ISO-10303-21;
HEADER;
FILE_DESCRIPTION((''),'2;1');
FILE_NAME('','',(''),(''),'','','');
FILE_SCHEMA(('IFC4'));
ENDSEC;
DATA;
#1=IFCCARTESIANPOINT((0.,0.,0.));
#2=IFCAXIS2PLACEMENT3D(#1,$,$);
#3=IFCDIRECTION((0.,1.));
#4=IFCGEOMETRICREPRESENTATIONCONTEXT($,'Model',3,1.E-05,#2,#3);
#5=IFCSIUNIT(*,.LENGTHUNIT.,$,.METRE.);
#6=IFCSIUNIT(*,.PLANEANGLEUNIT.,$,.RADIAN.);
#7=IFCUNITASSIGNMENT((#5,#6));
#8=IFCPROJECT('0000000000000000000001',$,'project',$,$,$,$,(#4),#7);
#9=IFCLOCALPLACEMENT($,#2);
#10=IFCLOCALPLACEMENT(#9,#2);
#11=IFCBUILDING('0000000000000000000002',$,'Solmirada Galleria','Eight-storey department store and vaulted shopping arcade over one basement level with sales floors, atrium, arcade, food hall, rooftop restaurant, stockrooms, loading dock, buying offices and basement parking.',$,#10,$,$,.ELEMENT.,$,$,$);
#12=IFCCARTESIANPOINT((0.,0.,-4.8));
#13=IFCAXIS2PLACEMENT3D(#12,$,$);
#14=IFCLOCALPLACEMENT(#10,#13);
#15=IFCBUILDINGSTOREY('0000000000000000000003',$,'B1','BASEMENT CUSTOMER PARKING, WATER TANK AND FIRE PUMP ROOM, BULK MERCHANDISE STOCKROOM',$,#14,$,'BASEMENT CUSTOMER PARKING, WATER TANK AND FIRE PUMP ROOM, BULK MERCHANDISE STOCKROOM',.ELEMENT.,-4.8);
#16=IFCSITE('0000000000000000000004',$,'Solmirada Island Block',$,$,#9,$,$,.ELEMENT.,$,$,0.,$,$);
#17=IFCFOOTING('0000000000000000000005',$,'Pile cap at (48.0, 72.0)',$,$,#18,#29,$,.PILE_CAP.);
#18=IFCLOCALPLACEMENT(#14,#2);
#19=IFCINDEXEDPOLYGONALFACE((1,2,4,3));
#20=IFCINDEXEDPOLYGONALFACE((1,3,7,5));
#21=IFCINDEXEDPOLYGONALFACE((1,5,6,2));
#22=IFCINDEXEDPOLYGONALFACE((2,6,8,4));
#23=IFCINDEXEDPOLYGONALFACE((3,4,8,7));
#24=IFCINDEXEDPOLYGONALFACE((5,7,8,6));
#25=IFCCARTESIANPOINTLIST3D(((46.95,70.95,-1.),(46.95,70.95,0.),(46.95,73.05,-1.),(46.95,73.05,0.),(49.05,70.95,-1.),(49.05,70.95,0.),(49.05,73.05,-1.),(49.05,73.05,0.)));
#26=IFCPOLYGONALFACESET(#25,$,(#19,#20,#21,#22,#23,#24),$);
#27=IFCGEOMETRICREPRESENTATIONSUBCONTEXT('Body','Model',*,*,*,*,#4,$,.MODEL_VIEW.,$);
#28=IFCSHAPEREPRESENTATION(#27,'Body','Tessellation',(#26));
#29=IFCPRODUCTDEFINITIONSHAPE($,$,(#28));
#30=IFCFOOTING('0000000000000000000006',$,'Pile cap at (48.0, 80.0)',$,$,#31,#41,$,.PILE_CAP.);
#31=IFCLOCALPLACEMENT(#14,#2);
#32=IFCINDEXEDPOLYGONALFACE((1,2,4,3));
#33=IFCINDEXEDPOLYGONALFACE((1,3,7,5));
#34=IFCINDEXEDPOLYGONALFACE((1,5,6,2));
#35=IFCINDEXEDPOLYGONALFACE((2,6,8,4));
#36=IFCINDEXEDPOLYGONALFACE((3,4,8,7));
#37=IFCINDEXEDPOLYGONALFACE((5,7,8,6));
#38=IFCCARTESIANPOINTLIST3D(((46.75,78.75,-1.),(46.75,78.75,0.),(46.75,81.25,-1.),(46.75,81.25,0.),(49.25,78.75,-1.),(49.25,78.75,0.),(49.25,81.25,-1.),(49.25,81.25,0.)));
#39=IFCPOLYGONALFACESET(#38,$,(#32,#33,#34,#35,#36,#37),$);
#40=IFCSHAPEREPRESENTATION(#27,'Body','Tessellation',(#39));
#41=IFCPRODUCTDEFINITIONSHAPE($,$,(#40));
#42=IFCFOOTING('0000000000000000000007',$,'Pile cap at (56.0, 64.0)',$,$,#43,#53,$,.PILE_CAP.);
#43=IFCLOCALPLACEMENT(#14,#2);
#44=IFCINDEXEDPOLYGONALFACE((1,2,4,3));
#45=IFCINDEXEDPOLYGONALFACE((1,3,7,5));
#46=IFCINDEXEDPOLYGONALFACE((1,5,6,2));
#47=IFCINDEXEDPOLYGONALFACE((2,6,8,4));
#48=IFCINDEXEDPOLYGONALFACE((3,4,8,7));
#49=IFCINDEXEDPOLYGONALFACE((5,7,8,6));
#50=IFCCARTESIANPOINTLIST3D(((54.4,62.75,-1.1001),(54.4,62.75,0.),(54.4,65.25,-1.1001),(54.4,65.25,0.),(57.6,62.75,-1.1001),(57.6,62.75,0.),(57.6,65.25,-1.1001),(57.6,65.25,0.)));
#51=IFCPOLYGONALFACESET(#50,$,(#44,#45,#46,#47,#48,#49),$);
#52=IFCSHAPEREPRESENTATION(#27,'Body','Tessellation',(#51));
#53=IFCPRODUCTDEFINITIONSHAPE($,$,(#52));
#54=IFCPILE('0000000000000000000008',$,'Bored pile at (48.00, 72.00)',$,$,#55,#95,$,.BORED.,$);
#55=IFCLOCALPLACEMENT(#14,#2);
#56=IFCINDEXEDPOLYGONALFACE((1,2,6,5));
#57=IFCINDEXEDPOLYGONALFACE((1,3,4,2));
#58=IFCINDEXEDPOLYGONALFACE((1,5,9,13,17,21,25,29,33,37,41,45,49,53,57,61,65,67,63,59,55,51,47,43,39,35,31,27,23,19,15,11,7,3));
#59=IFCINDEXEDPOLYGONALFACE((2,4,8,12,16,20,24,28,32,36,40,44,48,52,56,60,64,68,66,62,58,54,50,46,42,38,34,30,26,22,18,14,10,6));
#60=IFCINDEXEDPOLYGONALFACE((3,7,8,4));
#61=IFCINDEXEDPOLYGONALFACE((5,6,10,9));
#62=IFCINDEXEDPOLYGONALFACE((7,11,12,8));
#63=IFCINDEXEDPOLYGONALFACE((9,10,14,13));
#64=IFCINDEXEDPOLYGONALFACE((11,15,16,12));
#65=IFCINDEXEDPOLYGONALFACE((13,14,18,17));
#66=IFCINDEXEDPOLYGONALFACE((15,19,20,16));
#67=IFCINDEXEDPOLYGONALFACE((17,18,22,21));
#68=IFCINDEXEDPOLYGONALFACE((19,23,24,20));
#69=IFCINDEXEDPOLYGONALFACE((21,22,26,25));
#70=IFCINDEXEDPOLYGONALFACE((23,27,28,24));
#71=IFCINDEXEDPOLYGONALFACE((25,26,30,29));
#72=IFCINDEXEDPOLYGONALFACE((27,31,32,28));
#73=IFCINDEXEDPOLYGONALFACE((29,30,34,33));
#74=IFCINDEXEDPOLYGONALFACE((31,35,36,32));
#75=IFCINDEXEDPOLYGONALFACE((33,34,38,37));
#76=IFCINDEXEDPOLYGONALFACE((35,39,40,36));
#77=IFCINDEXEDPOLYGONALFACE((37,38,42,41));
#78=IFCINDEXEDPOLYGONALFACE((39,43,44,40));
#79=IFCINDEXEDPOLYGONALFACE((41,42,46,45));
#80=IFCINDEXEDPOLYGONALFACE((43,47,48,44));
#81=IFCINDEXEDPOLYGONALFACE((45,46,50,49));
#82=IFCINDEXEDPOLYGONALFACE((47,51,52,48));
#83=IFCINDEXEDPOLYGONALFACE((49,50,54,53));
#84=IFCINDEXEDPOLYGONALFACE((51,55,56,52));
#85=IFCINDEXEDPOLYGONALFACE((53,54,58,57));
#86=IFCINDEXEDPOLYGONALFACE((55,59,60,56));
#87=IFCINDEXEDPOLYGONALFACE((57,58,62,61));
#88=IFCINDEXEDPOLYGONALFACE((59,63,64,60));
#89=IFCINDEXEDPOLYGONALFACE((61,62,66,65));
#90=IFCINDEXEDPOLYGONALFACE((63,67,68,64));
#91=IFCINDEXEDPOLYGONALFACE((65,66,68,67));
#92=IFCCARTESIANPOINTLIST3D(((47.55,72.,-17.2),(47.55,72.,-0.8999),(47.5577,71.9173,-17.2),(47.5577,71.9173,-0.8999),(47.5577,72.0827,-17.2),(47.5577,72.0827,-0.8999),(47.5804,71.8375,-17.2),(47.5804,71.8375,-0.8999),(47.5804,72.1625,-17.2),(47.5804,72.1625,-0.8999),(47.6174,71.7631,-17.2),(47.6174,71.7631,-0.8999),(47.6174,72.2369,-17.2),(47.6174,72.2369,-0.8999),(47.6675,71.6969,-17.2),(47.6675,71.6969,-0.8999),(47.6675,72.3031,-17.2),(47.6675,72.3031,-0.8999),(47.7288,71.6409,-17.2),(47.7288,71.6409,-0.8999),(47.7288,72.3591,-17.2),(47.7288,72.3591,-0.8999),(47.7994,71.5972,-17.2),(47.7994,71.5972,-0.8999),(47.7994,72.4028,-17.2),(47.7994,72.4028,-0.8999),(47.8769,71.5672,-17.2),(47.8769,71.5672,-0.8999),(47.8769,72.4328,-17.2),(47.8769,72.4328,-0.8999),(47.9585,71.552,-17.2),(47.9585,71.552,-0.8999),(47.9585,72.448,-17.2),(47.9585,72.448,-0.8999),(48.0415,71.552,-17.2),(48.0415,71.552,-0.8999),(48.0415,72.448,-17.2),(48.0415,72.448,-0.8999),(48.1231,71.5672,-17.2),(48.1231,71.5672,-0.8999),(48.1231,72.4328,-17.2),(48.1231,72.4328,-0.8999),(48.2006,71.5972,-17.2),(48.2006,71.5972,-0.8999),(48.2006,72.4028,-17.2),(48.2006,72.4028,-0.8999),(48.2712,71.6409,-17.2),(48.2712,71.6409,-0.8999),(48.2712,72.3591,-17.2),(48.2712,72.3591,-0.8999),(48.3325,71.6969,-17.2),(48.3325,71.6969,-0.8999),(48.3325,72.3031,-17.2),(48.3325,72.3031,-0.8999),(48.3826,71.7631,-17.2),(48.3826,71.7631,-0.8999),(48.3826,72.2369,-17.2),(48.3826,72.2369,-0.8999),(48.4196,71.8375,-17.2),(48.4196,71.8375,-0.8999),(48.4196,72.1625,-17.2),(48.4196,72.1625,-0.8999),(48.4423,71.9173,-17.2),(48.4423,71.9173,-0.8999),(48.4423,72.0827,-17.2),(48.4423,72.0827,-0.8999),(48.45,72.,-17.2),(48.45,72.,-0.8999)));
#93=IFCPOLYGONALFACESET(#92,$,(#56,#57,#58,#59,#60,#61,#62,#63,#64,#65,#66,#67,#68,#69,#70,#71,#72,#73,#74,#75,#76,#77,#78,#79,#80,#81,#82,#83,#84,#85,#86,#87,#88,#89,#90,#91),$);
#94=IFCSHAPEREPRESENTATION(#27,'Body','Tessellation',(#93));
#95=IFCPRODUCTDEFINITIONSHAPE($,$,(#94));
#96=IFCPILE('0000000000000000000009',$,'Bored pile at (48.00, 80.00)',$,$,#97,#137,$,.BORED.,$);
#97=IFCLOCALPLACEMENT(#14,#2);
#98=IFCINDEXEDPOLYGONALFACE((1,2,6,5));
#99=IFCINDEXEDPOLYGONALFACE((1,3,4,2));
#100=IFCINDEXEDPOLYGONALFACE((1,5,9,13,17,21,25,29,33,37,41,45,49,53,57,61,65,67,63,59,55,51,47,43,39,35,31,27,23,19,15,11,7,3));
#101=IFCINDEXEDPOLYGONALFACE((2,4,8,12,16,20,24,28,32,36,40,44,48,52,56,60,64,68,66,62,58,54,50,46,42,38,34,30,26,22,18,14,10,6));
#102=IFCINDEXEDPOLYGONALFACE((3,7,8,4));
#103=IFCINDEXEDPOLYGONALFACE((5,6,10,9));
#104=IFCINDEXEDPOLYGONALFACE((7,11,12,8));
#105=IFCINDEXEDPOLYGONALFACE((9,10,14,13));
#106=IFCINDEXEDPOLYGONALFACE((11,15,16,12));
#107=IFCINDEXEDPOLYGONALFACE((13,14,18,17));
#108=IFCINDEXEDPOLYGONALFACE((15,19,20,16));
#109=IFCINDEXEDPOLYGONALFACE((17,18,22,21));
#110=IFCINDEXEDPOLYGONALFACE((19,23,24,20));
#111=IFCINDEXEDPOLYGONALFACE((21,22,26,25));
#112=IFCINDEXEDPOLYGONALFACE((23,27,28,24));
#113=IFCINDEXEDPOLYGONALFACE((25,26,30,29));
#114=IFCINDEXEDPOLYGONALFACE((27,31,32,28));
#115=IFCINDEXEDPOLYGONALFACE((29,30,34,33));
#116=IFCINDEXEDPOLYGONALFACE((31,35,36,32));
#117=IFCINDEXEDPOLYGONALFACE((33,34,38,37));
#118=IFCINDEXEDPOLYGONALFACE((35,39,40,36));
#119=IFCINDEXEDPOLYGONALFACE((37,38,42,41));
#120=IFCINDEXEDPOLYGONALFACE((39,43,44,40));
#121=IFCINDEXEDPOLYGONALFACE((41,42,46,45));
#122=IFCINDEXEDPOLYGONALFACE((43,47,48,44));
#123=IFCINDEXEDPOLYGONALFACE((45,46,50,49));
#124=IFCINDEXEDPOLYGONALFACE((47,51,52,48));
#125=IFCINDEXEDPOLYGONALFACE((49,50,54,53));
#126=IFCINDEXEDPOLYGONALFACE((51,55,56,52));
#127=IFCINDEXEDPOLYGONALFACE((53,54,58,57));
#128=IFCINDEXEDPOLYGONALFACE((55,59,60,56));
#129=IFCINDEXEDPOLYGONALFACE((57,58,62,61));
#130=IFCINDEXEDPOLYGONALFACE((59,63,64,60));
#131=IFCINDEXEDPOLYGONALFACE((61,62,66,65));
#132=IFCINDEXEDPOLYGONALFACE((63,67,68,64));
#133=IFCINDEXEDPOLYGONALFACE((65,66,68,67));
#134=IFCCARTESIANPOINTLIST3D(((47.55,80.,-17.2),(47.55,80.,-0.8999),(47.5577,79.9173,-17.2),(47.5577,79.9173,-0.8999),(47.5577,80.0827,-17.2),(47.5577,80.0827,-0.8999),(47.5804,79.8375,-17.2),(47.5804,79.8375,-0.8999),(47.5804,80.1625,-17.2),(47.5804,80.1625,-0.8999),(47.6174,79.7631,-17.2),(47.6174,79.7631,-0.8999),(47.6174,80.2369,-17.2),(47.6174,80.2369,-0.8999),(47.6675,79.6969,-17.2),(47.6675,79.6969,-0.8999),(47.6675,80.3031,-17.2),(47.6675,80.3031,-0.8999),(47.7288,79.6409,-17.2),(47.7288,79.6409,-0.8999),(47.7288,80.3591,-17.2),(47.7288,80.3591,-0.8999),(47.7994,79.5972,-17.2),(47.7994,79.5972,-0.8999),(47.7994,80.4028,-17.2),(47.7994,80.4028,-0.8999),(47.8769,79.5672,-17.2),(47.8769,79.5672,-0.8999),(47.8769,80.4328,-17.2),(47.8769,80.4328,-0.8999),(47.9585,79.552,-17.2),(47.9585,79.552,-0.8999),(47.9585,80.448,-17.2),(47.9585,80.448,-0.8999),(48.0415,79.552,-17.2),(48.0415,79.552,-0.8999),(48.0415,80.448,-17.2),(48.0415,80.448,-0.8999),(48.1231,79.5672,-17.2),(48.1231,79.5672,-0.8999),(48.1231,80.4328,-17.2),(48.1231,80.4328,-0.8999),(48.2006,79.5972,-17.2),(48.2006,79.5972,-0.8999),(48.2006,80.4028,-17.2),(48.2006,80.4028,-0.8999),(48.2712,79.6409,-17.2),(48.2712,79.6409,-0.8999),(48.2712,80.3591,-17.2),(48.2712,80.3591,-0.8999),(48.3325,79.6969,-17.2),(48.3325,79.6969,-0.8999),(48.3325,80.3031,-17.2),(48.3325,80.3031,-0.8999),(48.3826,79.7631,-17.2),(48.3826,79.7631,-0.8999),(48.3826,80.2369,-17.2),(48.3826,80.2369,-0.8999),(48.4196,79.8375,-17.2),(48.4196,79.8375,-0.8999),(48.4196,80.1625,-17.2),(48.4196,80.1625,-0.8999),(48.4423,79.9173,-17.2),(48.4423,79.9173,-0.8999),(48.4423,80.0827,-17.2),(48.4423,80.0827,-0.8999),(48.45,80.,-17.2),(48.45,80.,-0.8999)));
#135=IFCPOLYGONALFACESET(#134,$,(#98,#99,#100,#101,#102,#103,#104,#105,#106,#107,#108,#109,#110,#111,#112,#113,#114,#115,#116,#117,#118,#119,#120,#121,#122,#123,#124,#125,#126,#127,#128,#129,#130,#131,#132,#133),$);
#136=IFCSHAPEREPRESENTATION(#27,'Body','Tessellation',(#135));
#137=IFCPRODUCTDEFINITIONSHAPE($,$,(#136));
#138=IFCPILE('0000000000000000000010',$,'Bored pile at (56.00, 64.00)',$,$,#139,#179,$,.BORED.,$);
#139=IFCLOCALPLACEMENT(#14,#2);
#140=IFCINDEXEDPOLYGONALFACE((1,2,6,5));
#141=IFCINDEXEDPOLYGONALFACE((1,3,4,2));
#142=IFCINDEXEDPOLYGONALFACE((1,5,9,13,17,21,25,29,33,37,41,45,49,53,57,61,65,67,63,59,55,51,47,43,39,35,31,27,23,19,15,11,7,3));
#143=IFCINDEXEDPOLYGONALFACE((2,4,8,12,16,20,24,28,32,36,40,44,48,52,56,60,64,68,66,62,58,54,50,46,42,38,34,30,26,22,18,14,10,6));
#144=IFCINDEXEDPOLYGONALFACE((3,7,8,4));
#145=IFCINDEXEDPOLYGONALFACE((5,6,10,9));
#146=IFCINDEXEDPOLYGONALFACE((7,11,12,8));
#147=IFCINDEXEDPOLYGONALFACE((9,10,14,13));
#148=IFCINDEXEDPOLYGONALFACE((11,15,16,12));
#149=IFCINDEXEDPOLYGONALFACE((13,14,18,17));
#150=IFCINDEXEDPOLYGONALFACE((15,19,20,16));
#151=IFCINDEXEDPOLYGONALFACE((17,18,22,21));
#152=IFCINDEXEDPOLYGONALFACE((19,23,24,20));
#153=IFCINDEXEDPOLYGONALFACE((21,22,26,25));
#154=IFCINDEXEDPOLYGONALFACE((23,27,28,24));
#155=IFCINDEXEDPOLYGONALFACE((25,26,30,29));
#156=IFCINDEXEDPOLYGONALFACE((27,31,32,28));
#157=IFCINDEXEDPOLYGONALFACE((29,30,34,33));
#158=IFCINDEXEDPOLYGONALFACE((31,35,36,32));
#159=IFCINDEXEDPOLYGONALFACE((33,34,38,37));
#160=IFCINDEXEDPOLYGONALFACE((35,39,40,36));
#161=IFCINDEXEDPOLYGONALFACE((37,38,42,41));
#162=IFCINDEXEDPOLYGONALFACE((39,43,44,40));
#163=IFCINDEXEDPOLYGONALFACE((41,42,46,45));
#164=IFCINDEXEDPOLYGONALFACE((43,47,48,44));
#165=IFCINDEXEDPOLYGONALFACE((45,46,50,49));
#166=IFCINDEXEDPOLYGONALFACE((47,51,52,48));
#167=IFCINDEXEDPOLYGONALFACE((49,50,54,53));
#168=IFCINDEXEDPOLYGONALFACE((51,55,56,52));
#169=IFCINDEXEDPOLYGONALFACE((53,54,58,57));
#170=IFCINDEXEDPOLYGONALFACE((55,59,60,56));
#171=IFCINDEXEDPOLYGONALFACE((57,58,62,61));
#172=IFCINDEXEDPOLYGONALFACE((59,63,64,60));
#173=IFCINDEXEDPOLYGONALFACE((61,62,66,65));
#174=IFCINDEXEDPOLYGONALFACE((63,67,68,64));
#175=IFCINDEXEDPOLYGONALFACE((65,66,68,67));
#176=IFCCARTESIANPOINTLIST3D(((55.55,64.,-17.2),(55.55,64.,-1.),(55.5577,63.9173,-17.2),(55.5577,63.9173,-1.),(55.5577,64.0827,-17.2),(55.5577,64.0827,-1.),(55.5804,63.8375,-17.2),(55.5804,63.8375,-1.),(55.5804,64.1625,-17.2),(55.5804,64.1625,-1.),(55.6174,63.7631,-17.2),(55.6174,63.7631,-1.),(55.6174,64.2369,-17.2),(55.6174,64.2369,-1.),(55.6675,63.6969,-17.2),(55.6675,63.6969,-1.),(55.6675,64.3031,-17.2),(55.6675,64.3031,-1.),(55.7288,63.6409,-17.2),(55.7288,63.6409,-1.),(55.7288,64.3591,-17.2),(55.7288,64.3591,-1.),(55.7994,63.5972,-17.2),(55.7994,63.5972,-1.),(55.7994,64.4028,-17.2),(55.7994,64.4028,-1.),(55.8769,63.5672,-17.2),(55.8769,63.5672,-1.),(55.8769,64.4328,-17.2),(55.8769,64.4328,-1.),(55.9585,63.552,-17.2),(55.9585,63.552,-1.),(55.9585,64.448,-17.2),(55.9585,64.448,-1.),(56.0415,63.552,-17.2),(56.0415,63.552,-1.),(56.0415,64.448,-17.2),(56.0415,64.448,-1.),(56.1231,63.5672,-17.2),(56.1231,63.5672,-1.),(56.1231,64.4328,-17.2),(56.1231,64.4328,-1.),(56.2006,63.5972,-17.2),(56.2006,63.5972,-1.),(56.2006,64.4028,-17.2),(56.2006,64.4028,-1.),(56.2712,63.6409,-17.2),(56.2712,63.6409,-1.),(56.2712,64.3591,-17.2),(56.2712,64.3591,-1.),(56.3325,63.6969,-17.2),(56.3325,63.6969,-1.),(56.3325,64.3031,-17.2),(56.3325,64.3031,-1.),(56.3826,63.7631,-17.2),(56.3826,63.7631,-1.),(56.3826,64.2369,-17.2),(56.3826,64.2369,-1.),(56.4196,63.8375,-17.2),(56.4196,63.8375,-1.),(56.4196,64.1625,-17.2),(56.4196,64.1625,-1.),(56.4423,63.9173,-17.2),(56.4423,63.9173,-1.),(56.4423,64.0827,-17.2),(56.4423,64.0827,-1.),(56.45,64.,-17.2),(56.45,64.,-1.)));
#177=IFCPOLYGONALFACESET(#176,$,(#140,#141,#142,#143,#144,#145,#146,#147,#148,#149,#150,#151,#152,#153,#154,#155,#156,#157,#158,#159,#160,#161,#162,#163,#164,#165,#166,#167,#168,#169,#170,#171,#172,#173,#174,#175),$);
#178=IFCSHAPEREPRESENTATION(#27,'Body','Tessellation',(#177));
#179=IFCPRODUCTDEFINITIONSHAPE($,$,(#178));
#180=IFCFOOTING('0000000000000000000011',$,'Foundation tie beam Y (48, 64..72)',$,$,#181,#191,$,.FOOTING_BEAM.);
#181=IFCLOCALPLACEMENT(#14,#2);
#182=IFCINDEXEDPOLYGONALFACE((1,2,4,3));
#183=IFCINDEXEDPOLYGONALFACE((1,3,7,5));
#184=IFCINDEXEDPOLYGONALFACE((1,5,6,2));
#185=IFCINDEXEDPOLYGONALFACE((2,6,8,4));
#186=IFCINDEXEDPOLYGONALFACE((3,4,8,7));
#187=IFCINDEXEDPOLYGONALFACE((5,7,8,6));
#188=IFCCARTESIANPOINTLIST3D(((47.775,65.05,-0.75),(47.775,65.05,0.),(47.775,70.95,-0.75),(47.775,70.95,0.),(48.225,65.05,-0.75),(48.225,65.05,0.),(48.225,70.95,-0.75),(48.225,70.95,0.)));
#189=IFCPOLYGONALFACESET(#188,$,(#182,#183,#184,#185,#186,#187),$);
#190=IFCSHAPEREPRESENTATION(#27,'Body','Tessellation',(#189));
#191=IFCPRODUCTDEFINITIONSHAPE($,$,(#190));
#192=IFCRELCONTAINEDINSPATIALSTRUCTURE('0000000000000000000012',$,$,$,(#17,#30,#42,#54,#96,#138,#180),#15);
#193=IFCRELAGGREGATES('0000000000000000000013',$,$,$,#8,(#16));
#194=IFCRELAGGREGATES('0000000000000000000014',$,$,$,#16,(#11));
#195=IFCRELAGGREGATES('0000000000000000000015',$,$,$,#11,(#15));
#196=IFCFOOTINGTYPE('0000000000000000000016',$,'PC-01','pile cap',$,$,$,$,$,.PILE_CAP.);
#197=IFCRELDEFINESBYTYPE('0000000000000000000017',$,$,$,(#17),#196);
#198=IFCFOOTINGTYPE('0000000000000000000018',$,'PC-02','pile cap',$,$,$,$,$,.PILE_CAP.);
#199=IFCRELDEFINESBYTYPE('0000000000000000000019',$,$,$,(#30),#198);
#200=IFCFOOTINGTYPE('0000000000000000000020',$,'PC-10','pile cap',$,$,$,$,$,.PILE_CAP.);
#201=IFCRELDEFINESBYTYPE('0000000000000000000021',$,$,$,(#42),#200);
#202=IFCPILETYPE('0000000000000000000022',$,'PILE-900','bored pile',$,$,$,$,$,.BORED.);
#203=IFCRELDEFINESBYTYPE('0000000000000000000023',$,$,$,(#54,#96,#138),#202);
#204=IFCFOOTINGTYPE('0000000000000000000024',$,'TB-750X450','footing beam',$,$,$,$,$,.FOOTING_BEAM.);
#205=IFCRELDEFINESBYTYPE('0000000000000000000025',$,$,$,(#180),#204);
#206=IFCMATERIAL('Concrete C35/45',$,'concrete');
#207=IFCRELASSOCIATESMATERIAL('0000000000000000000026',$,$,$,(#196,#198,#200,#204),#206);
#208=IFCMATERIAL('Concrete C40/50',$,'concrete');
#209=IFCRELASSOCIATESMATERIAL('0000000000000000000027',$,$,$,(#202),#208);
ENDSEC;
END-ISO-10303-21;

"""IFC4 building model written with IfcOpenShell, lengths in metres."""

from ifc_helpers import new_model, si_unit, direction, frame, origin, origin_2d, place, context, subcontext, project, spatial, rectangle, circle, extrude, material, material_profile, profile_set, type_object, element, save


model = new_model("IFC4")

# Units and contexts
model_context = context("Model", 3, precision=1e-05, world=origin(), true_north=direction((0.0, 1.0)))
body_context = subcontext(model_context, "Body", "Model", "MODEL_VIEW")
ifc_project = project(units=[si_unit("LENGTHUNIT", "METRE"), si_unit("PLANEANGLEUNIT", "RADIAN")], contexts=[model_context])

# Site, building, storey
site_placement = place(None, origin())
site = spatial("IfcSite", under=ifc_project, at=site_placement, Name="Solmirada Island Block", CompositionType="ELEMENT", RefElevation=0.0)
building_placement = place(site_placement, origin())
building = spatial("IfcBuilding", under=site, at=building_placement, Name="Solmirada Galleria", Description="Eight-storey department store and vaulted shopping arcade over one basement level with sales floors, atrium, arcade, food hall, rooftop restaurant, stockrooms, loading dock, buying offices and basement parking.", CompositionType="ELEMENT")
storey_placement = place(building_placement, frame((0.0, 0.0, -4.8)))
storey = spatial("IfcBuildingStorey", under=building, at=storey_placement, Name="B1", Description="BASEMENT CUSTOMER PARKING, WATER TANK AND FIRE PUMP ROOM, BULK MERCHANDISE STOCKROOM", LongName="BASEMENT CUSTOMER PARKING, WATER TANK AND FIRE PUMP ROOM, BULK MERCHANDISE STOCKROOM", CompositionType="ELEMENT", Elevation=-4.8)

# Footings
ifc_material_1 = material(Name="Concrete C35/45", Category="concrete")
footing_type_1 = type_object("IfcFootingType", Name="PC-01", Description="pile cap", PredefinedType="PILE_CAP", material=ifc_material_1)
footing_1_placement = place(storey_placement, frame((48.0, 72.0, -1.0), z_axis=(0.0, 0.0, 1.0), x_axis=(1.0, 0.0, 0.0)))
element("IfcFooting", 1, at=footing_1_placement, inside=storey, type_object=footing_type_1, Name="Pile cap at (48.0, 72.0)", PredefinedType="PILE_CAP", context=body_context, shape_type="SweptSolid", body=[
    extrude(rectangle(XDim=2.1001, YDim=2.1001, at=origin_2d()), origin(), (0.0, 0.0, 1.0), 1.0),
])
footing_type_2 = type_object("IfcFootingType", Name="PC-02", Description="pile cap", PredefinedType="PILE_CAP", material=ifc_material_1)
footing_2_placement = place(storey_placement, frame((48.0, 80.0, -1.0), z_axis=(0.0, 0.0, 1.0), x_axis=(1.0, 0.0, 0.0)))
element("IfcFooting", 2, at=footing_2_placement, inside=storey, type_object=footing_type_2, Name="Pile cap at (48.0, 80.0)", PredefinedType="PILE_CAP", context=body_context, shape_type="SweptSolid", body=[
    extrude(rectangle(XDim=2.5, YDim=2.5, at=origin_2d()), origin(), (0.0, 0.0, 1.0), 1.0),
])
footing_type_3 = type_object("IfcFootingType", Name="PC-10", Description="pile cap", PredefinedType="PILE_CAP", material=ifc_material_1)
footing_3_placement = place(storey_placement, frame((56.0, 64.0, -1.1001), z_axis=(0.0, 0.0, 1.0), x_axis=(1.0, 0.0, 0.0)))
element("IfcFooting", 3, at=footing_3_placement, inside=storey, type_object=footing_type_3, Name="Pile cap at (56.0, 64.0)", PredefinedType="PILE_CAP", context=body_context, shape_type="SweptSolid", body=[
    extrude(rectangle(XDim=3.2, YDim=2.5, at=origin_2d()), origin(), (0.0, 0.0, 1.0), 1.1001),
])

# Piles
ifc_material_2 = material(Name="Concrete C40/50", Category="concrete")
ifc_material_profile_1 = material_profile(ifc_material_2, circle(Radius=0.45, at=origin_2d()), Name="PILE900")
ifc_profile_set_1 = profile_set([ifc_material_profile_1], Name="Concrete C40/50")
pile_type = type_object("IfcPileType", Name="PILE-900", Description="bored pile", PredefinedType="BORED", material=ifc_profile_set_1)
for number, where, z_axis, x_axis, name in (
    (4, (48.0, 72.0, -0.8999), (0.0, 0.0, -1.0), (1.0, 0.0, 0.0), "Bored pile at (48.00, 72.00)"),
    (5, (48.0, 80.0, -0.8999), (0.0, 0.0, -1.0), (1.0, 0.0, 0.0), "Bored pile at (48.00, 80.00)"),
):
    element("IfcPile", number, at=place(storey_placement, frame(where, z_axis=z_axis, x_axis=x_axis)), inside=storey, type_object=pile_type, Name=name, PredefinedType="BORED", context=body_context, shape_type="SweptSolid", body=[
        extrude(circle(Radius=0.45, at=origin_2d()), origin(), (0.0, 0.0, 1.0), 16.3),
    ])
pile_placement = place(storey_placement, frame((56.0, 64.0, -1.0), z_axis=(0.0, 0.0, -1.0), x_axis=(1.0, 0.0, 0.0)))
element("IfcPile", 6, at=pile_placement, inside=storey, type_object=pile_type, Name="Bored pile at (56.00, 64.00)", PredefinedType="BORED", context=body_context, shape_type="SweptSolid", body=[
    extrude(circle(Radius=0.45, at=origin_2d()), origin(), (0.0, 0.0, 1.0), 16.2),
])

# Footing
ifc_material_profile_2 = material_profile(ifc_material_1, rectangle(XDim=0.45, YDim=0.75, at=origin_2d()), Name="RC750X450")
ifc_profile_set_2 = profile_set([ifc_material_profile_2], Name="Concrete C35/45")
footing_type_4 = type_object("IfcFootingType", Name="TB-750X450", Description="footing beam", PredefinedType="FOOTING_BEAM", material=ifc_profile_set_2)
footing_4_placement = place(storey_placement, frame((48.0, 65.05, -0.375), z_axis=(0.0, 1.0, 0.0), x_axis=(-1.0, 0.0, 0.0)))
element("IfcFooting", 7, at=footing_4_placement, inside=storey, type_object=footing_type_4, Name="Foundation tie beam Y (48, 64..72)", PredefinedType="FOOTING_BEAM", context=body_context, shape_type="SweptSolid", body=[
    extrude(rectangle(XDim=0.45, YDim=0.75, at=origin_2d()), origin(), (0.0, 0.0, 1.0), 5.8999),
])

save(model, "model.ifc")
